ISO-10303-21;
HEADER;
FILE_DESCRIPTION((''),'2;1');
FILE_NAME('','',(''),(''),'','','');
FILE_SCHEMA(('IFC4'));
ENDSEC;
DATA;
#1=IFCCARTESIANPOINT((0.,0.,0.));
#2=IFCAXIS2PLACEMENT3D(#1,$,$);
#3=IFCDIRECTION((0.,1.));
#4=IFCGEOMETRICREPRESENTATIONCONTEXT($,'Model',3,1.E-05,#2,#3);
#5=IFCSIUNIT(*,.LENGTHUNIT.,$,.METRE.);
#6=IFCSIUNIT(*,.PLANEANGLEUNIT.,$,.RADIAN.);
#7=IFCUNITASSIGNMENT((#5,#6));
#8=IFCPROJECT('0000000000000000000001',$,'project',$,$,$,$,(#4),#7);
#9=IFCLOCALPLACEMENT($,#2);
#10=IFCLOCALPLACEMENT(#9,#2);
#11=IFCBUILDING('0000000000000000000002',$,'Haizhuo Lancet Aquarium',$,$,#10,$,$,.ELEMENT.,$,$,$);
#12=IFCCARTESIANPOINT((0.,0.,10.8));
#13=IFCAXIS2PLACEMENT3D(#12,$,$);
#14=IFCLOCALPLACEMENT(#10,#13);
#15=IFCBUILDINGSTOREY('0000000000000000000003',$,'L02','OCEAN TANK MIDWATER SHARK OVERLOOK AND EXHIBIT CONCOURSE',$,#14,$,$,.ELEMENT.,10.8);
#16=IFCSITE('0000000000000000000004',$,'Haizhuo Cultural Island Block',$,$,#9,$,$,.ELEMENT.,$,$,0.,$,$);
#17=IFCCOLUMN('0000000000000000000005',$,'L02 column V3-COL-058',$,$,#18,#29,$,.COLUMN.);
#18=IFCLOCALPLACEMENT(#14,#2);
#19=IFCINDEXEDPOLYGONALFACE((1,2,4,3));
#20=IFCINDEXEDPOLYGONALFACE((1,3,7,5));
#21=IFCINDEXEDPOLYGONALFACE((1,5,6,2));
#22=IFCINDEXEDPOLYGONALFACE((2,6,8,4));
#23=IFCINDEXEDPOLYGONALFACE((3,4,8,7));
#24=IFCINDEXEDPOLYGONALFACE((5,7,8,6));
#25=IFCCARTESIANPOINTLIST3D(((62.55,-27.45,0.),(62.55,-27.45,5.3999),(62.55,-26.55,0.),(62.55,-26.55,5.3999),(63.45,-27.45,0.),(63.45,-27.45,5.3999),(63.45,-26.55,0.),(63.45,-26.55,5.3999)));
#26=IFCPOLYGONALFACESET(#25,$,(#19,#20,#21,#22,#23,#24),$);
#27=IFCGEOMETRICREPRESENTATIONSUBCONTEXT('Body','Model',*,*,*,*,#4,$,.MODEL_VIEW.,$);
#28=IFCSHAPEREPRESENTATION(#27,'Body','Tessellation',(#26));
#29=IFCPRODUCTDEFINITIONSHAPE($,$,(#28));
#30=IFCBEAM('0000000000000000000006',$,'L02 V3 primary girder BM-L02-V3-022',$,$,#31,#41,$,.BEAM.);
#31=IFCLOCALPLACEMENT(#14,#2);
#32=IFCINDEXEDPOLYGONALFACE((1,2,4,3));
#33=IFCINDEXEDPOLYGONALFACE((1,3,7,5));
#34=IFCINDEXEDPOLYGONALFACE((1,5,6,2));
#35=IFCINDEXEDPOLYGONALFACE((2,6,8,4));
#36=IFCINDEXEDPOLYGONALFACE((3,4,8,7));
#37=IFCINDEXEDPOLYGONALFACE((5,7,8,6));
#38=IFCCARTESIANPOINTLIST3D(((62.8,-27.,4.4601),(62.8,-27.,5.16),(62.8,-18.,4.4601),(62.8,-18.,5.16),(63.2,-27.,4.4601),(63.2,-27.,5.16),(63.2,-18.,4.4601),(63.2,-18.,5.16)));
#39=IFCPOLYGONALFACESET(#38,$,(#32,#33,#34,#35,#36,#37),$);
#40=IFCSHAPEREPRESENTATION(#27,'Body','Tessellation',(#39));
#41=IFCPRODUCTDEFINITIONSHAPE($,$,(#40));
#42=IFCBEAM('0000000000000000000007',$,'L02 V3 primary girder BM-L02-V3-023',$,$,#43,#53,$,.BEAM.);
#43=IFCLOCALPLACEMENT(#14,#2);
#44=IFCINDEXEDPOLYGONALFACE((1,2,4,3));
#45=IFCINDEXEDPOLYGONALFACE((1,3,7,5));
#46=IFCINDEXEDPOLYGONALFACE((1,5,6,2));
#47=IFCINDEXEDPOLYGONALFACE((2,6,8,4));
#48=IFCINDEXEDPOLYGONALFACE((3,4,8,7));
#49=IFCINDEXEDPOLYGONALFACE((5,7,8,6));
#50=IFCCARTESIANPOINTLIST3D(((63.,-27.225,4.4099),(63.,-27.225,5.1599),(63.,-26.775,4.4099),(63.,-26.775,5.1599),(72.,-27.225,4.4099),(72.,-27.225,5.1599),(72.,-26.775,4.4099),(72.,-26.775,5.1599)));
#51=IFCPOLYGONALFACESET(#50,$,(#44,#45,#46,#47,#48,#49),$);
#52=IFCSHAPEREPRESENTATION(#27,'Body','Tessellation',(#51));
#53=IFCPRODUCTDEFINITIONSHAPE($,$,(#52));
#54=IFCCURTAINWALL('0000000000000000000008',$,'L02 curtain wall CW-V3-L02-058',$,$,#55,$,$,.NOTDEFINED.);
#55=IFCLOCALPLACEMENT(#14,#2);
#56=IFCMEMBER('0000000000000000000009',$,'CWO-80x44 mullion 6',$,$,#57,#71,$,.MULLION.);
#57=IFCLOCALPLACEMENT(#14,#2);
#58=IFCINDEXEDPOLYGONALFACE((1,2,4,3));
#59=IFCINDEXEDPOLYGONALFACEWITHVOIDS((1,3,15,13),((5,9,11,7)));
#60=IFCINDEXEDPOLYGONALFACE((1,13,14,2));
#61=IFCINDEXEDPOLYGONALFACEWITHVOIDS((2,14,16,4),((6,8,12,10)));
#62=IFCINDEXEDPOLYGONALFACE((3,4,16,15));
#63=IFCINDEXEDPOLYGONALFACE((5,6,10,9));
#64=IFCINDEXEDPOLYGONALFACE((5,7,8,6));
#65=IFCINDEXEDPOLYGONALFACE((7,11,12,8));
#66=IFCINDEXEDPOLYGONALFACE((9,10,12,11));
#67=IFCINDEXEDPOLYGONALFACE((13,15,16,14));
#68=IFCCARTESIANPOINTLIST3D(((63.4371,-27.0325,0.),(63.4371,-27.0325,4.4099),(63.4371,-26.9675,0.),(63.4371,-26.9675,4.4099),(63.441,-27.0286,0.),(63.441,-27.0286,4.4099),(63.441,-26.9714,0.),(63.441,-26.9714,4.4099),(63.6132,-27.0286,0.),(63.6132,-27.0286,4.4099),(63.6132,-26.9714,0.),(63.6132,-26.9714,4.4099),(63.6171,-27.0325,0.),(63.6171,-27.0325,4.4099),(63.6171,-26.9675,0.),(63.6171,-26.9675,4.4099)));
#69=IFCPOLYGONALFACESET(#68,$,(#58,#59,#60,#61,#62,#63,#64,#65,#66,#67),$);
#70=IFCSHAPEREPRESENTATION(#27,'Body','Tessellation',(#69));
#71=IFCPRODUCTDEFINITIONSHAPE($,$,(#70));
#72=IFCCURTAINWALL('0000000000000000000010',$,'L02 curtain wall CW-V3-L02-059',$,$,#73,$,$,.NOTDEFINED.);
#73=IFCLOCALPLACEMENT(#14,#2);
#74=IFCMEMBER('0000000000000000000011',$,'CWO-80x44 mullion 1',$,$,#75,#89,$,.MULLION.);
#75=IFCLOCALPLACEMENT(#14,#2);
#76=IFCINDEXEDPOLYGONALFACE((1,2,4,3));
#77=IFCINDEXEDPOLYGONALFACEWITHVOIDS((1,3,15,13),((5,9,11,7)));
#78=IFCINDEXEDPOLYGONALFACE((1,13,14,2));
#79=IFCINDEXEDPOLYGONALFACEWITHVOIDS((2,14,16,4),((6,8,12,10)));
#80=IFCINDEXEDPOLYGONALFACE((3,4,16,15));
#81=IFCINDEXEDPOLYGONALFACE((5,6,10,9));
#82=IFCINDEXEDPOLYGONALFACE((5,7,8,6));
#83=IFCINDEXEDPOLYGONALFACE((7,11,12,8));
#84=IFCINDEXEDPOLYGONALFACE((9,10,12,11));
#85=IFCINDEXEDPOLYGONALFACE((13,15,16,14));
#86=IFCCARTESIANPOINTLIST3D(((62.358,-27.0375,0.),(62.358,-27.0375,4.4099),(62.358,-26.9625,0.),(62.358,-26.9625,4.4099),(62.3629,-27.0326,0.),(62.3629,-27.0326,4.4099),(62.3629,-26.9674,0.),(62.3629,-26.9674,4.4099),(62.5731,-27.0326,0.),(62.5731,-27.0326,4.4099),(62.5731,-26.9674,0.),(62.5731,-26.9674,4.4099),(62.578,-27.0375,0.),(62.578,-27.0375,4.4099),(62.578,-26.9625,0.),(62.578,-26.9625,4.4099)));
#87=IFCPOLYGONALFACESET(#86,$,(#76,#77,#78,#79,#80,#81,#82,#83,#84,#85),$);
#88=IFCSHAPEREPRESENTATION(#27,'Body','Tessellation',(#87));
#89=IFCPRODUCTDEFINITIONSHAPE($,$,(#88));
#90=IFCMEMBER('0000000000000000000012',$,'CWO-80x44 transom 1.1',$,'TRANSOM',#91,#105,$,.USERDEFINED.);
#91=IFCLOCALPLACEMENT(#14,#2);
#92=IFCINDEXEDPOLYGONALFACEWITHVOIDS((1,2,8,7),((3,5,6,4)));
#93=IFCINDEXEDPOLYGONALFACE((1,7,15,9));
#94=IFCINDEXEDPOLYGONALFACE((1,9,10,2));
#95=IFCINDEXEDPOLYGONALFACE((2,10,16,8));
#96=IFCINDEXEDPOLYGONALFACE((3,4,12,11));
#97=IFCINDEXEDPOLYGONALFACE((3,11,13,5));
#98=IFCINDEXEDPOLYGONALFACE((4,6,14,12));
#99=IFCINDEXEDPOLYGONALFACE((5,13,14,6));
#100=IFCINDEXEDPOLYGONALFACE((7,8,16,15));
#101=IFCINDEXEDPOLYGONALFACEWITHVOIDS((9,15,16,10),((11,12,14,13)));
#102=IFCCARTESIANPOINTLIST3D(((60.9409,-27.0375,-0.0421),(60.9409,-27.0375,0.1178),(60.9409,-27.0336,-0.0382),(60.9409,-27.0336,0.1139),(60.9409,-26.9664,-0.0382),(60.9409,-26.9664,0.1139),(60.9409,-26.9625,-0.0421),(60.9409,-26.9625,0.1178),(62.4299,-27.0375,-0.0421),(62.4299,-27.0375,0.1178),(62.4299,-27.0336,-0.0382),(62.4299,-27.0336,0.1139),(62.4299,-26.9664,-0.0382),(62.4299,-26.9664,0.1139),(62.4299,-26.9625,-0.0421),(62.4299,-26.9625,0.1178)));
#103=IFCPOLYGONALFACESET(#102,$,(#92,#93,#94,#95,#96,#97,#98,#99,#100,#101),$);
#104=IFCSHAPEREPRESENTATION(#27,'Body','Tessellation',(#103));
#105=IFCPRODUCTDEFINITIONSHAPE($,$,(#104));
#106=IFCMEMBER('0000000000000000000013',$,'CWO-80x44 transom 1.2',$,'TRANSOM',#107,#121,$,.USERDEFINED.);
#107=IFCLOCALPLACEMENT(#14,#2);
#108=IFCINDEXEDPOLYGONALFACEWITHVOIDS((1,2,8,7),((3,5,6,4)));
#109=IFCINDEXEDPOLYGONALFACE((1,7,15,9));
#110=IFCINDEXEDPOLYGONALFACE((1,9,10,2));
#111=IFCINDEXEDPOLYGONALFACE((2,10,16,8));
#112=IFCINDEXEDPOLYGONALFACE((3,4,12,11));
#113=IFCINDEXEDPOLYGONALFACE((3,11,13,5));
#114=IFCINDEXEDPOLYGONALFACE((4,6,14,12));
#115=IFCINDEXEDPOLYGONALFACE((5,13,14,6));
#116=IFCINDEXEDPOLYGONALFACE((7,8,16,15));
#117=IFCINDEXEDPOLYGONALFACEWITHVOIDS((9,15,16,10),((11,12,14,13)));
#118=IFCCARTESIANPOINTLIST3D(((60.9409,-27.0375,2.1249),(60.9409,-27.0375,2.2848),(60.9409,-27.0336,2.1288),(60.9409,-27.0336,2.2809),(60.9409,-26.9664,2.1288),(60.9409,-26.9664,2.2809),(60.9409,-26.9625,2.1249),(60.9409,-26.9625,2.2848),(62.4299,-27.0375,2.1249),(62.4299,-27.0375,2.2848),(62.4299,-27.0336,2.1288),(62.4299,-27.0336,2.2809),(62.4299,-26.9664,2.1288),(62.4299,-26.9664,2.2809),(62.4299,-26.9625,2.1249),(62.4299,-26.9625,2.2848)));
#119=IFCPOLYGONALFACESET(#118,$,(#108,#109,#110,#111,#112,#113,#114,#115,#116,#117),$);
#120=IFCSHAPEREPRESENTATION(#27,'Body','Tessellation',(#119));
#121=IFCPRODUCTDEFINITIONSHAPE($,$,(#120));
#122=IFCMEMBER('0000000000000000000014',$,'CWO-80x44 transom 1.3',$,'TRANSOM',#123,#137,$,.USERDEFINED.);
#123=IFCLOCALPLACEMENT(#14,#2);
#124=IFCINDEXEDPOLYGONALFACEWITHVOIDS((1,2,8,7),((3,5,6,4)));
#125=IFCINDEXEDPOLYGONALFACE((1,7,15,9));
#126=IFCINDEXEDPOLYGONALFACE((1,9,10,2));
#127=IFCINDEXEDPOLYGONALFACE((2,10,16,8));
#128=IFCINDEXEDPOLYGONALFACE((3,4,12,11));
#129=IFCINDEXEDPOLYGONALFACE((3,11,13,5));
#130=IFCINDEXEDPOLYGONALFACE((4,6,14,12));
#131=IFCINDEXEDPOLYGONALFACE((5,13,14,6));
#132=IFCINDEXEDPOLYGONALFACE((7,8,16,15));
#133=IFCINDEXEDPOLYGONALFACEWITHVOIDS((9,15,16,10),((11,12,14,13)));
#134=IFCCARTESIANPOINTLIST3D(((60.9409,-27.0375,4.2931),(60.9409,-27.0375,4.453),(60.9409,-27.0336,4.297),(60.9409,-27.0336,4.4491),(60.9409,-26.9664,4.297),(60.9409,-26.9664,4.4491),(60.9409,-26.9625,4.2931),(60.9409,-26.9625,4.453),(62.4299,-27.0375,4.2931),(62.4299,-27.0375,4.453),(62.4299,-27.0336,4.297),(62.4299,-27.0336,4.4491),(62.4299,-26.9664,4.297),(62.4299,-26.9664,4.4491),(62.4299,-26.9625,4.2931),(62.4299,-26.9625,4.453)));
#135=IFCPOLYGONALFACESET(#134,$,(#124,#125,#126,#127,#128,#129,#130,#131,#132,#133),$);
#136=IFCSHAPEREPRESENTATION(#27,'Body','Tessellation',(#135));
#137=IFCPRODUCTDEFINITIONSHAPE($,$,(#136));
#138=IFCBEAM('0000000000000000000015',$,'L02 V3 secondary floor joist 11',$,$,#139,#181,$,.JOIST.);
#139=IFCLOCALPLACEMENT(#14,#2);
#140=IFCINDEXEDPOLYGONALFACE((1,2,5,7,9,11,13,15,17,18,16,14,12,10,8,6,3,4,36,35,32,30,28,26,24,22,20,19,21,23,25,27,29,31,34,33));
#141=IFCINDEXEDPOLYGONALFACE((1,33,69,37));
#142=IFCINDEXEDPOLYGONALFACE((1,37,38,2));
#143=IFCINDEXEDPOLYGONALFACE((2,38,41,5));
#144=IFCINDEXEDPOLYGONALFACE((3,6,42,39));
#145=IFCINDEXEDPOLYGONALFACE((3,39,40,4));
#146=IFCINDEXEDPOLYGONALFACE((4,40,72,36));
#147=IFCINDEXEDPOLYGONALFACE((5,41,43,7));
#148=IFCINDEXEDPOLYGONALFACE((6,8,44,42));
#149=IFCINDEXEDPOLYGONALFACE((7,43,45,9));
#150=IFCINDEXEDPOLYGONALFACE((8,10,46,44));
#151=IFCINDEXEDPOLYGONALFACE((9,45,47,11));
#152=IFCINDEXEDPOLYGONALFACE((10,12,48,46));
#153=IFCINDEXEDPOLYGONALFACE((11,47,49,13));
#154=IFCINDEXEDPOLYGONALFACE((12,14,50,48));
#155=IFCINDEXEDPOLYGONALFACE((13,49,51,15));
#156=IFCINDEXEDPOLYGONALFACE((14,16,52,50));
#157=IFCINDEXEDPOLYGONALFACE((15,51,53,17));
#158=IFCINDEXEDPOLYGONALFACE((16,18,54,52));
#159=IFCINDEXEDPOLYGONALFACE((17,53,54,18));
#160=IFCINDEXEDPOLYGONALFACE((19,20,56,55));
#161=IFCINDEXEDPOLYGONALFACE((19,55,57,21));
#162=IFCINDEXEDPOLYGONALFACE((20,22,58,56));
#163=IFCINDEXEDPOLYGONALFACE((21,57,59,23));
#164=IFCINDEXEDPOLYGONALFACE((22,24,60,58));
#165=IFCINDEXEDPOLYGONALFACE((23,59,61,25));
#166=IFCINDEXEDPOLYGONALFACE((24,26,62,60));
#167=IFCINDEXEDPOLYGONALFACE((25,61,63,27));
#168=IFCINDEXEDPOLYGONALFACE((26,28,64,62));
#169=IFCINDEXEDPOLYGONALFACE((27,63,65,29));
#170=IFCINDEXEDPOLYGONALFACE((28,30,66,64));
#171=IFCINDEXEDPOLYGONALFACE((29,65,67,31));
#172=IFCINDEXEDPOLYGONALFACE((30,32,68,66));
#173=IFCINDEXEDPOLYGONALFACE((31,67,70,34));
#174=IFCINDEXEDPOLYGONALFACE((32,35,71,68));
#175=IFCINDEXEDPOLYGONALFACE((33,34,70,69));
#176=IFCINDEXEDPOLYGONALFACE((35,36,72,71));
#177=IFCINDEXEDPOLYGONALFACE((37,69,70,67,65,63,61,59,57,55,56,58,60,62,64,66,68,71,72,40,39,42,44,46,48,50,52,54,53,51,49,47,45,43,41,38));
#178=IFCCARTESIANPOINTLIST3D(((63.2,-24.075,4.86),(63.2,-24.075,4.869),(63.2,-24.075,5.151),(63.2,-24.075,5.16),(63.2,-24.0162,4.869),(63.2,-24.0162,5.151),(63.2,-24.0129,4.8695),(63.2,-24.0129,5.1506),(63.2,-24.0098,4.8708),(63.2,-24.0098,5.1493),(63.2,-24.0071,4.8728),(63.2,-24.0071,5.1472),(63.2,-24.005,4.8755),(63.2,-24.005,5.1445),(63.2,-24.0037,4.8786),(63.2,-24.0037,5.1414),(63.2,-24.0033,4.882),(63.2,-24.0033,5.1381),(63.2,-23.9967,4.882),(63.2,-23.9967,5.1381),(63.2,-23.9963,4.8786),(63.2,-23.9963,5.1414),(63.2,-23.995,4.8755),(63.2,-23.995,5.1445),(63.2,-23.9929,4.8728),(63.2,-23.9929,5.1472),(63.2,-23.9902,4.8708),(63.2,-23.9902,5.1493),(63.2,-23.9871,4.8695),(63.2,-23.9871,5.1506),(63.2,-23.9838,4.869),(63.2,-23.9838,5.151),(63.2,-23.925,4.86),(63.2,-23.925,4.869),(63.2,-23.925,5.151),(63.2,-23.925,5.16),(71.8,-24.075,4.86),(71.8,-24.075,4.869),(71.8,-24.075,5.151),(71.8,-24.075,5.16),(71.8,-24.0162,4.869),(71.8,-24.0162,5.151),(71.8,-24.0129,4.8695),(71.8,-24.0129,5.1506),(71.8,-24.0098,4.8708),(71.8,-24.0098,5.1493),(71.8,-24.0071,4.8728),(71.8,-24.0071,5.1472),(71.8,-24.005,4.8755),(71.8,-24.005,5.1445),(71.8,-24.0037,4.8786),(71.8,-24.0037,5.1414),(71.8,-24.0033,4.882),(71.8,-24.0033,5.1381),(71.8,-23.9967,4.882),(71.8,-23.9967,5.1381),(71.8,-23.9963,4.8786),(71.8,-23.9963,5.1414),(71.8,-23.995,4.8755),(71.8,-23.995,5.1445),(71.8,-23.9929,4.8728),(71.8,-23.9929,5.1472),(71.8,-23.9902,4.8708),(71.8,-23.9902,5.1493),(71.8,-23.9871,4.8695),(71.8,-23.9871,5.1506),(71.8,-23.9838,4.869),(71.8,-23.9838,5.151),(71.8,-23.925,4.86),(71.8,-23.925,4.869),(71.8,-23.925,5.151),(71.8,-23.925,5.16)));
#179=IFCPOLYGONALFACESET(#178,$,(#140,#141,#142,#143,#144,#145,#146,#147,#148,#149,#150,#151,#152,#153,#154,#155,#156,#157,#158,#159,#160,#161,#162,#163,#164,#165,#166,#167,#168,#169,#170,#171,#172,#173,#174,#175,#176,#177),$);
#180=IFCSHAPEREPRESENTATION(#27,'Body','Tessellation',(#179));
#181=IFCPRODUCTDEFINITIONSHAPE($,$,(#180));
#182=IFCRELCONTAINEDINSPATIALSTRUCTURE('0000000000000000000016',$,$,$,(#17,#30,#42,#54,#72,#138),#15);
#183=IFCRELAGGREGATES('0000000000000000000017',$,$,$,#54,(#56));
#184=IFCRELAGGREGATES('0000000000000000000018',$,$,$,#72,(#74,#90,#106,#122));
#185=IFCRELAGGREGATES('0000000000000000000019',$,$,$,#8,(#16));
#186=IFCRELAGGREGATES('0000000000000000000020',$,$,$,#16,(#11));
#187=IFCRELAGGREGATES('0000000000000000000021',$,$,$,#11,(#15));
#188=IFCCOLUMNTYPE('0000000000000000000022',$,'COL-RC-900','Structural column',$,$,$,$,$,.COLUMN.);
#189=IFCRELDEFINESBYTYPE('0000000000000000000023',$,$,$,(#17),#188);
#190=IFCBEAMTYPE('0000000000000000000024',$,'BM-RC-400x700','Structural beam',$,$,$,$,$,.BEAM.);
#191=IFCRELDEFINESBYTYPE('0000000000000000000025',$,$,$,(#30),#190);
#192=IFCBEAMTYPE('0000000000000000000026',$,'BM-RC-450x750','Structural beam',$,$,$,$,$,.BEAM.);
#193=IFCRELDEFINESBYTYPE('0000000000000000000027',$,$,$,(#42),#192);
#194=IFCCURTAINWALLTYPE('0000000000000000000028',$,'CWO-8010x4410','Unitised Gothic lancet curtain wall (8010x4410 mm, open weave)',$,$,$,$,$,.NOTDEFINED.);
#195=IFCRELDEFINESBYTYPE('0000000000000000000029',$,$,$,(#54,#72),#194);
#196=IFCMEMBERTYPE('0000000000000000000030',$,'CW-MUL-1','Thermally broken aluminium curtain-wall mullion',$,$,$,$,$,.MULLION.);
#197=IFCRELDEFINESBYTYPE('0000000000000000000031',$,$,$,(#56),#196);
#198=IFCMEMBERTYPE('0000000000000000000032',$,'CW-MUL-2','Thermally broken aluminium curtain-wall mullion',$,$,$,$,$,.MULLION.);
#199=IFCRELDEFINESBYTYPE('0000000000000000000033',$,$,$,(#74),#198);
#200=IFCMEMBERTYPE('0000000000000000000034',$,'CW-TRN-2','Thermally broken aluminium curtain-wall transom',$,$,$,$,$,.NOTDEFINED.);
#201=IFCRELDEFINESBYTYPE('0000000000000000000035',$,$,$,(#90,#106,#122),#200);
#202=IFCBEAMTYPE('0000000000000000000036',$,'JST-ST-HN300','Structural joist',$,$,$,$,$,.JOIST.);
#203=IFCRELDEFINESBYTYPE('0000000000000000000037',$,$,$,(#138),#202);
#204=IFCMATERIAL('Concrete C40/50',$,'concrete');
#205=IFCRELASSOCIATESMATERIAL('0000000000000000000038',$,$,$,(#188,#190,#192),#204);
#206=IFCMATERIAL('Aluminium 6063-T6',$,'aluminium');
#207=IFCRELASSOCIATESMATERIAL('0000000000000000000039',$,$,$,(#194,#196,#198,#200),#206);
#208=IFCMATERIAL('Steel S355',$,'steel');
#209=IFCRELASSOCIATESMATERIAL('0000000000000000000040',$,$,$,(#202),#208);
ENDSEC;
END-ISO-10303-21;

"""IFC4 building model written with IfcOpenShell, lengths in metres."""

from ifc_helpers import new_model, si_unit, direction, frame, origin, origin_2d, place, context, subcontext, project, spatial, rectangle, hollow_rectangle, i_section, extrude, material, material_profile, profile_set, type_object, element, aggregate, save


model = new_model("IFC4")

# Units and contexts
model_context = context("Model", 3, precision=1e-05, world=origin(), true_north=direction((0.0, 1.0)))
body_context = subcontext(model_context, "Body", "Model", "MODEL_VIEW")
ifc_project = project(units=[si_unit("LENGTHUNIT", "METRE"), si_unit("PLANEANGLEUNIT", "RADIAN")], contexts=[model_context])

# Site, building, storey
site_placement = place(None, origin())
site = spatial("IfcSite", under=ifc_project, at=site_placement, Name="Haizhuo Cultural Island Block", CompositionType="ELEMENT", RefElevation=0.0)
building_placement = place(site_placement, origin())
building = spatial("IfcBuilding", under=site, at=building_placement, Name="Haizhuo Lancet Aquarium", CompositionType="ELEMENT")
storey_placement = place(building_placement, frame((0.0, 0.0, 10.8)))
storey = spatial("IfcBuildingStorey", under=building, at=storey_placement, Name="L02", Description="OCEAN TANK MIDWATER SHARK OVERLOOK AND EXHIBIT CONCOURSE", CompositionType="ELEMENT", Elevation=10.8)

# Column
ifc_material_1 = material(Name="Concrete C40/50", Category="concrete")
ifc_material_profile_1 = material_profile(ifc_material_1, rectangle(XDim=0.8999, YDim=0.8999, at=origin_2d()), Name="RC-COL 900x900")
ifc_profile_set_1 = profile_set([ifc_material_profile_1], Name="Concrete C40/50")
column_type = type_object("IfcColumnType", Name="COL-RC-900", Description="Structural column", PredefinedType="COLUMN", material=ifc_profile_set_1)
column_placement = place(storey_placement, frame((63.0, -27.0, 0.0), z_axis=(0.0, 0.0, 1.0), x_axis=(1.0, 0.0, 0.0)))
element("IfcColumn", 1, at=column_placement, inside=storey, type_object=column_type, Name="L02 column V3-COL-058", PredefinedType="COLUMN", context=body_context, shape_type="SweptSolid", body=[
    extrude(rectangle(XDim=0.8999, YDim=0.8999, at=origin_2d()), origin(), (0.0, 0.0, 1.0), 5.3999),
])

# Beams
ifc_material_profile_2 = material_profile(ifc_material_1, rectangle(XDim=0.3999, YDim=0.7, at=origin_2d()), Name="RC-BM 400x700")
ifc_profile_set_2 = profile_set([ifc_material_profile_2], Name="Concrete C40/50")
beam_type_1 = type_object("IfcBeamType", Name="BM-RC-400x700", Description="Structural beam", PredefinedType="BEAM", material=ifc_profile_set_2)
beam_1_placement = place(storey_placement, frame((63.0, -27.0, 4.8101), z_axis=(0.0, 1.0, 0.0), x_axis=(-1.0, 0.0, 0.0)))
element("IfcBeam", 2, at=beam_1_placement, inside=storey, type_object=beam_type_1, Name="L02 V3 primary girder BM-L02-V3-022", PredefinedType="BEAM", context=body_context, shape_type="SweptSolid", body=[
    extrude(rectangle(XDim=0.3999, YDim=0.7, at=origin_2d()), origin(), (0.0, 0.0, 1.0), 9.0),
])
ifc_material_profile_3 = material_profile(ifc_material_1, rectangle(XDim=0.45, YDim=0.75, at=origin_2d()), Name="RC-BM 450x750")
ifc_profile_set_3 = profile_set([ifc_material_profile_3], Name="Concrete C40/50")
beam_type_2 = type_object("IfcBeamType", Name="BM-RC-450x750", Description="Structural beam", PredefinedType="BEAM", material=ifc_profile_set_3)
beam_2_placement = place(storey_placement, frame((63.0, -27.0, 4.7849), z_axis=(1.0, 0.0, 0.0), x_axis=(0.0, 1.0, 0.0)))
element("IfcBeam", 3, at=beam_2_placement, inside=storey, type_object=beam_type_2, Name="L02 V3 primary girder BM-L02-V3-023", PredefinedType="BEAM", context=body_context, shape_type="SweptSolid", body=[
    extrude(rectangle(XDim=0.45, YDim=0.75, at=origin_2d()), origin(), (0.0, 0.0, 1.0), 9.0),
])

# Curtain wall, member
ifc_material_2 = material(Name="Aluminium 6063-T6", Category="aluminium")
curtain_wall_type = type_object("IfcCurtainWallType", Name="CWO-8010x4410", Description="Unitised Gothic lancet curtain wall (8010x4410 mm, open weave)", PredefinedType="NOTDEFINED", material=ifc_material_2)
curtain_wall_1_placement = place(storey_placement, origin())
curtain_wall_1 = element("IfcCurtainWall", 4, at=curtain_wall_1_placement, inside=storey, type_object=curtain_wall_type, Name="L02 curtain wall CW-V3-L02-058", PredefinedType="NOTDEFINED")
ifc_material_profile_4 = material_profile(ifc_material_2, hollow_rectangle(XDim=0.0649, YDim=0.1799, WallThickness=0.0039, at=origin_2d()), Name="ALU-M 65x180x4")
ifc_profile_set_4 = profile_set([ifc_material_profile_4], Name="Aluminium 6063-T6")
member_type_1 = type_object("IfcMemberType", Name="CW-MUL-1", Description="Thermally broken aluminium curtain-wall mullion", PredefinedType="MULLION", material=ifc_profile_set_4)
member_1_placement = place(storey_placement, frame((63.5271, -27.0, 0.0), z_axis=(0.0, 0.0, 1.0), x_axis=(0.0, -1.0, 0.0)))
member_1 = element("IfcMember", 5, at=member_1_placement, type_object=member_type_1, Name="CWO-80x44 mullion 6", PredefinedType="MULLION", context=body_context, shape_type="SweptSolid", body=[
    extrude(hollow_rectangle(XDim=0.0649, YDim=0.1799, WallThickness=0.0039, at=origin_2d()), origin(), (0.0, 0.0, 1.0), 4.4099),
])

# Curtain wall, members
curtain_wall_2_placement = place(storey_placement, origin())
curtain_wall_2 = element("IfcCurtainWall", 6, at=curtain_wall_2_placement, inside=storey, type_object=curtain_wall_type, Name="L02 curtain wall CW-V3-L02-059", PredefinedType="NOTDEFINED")
ifc_material_profile_5 = material_profile(ifc_material_2, hollow_rectangle(XDim=0.075, YDim=0.22, WallThickness=0.0049, at=origin_2d()), Name="ALU-M 75x220x5")
ifc_profile_set_5 = profile_set([ifc_material_profile_5], Name="Aluminium 6063-T6")
member_type_2 = type_object("IfcMemberType", Name="CW-MUL-2", Description="Thermally broken aluminium curtain-wall mullion", PredefinedType="MULLION", material=ifc_profile_set_5)
member_2_placement = place(storey_placement, frame((62.468, -27.0, 0.0), z_axis=(0.0, 0.0, 1.0), x_axis=(0.0, -1.0, 0.0)))
member_2 = element("IfcMember", 7, at=member_2_placement, type_object=member_type_2, Name="CWO-80x44 mullion 1", PredefinedType="MULLION", context=body_context, shape_type="SweptSolid", body=[
    extrude(hollow_rectangle(XDim=0.075, YDim=0.22, WallThickness=0.0049, at=origin_2d()), origin(), (0.0, 0.0, 1.0), 4.4099),
])
ifc_material_profile_6 = material_profile(ifc_material_2, hollow_rectangle(XDim=0.075, YDim=0.1599, WallThickness=0.0039, at=origin_2d()), Name="ALU-T 75x160x4")
ifc_profile_set_6 = profile_set([ifc_material_profile_6], Name="Aluminium 6063-T6")
member_type_3 = type_object("IfcMemberType", Name="CW-TRN-2", Description="Thermally broken aluminium curtain-wall transom", PredefinedType="NOTDEFINED", material=ifc_profile_set_6)
member_3_placement = place(storey_placement, frame((62.4299, -27.0, 0.0378), z_axis=(-1.0, 0.0, 0.0), x_axis=(0.0, -1.0, 0.0)))
member_3 = element("IfcMember", 8, at=member_3_placement, type_object=member_type_3, Name="CWO-80x44 transom 1.1", ObjectType="TRANSOM", PredefinedType="USERDEFINED", context=body_context, shape_type="SweptSolid", body=[
    extrude(hollow_rectangle(XDim=0.075, YDim=0.1599, WallThickness=0.0039, at=origin_2d()), origin(), (0.0, 0.0, 1.0), 1.489),
])
member_4_placement = place(storey_placement, frame((62.4299, -27.0, 2.2048), z_axis=(-1.0, 0.0, 0.0), x_axis=(0.0, -1.0, 0.0)))
member_4 = element("IfcMember", 9, at=member_4_placement, type_object=member_type_3, Name="CWO-80x44 transom 1.2", ObjectType="TRANSOM", PredefinedType="USERDEFINED", context=body_context, shape_type="SweptSolid", body=[
    extrude(hollow_rectangle(XDim=0.075, YDim=0.1599, WallThickness=0.0039, at=origin_2d()), origin(), (0.0, 0.0, 1.0), 1.489),
])
member_5_placement = place(storey_placement, frame((62.4299, -27.0, 4.373), z_axis=(-1.0, 0.0, 0.0), x_axis=(0.0, -1.0, 0.0)))
member_5 = element("IfcMember", 10, at=member_5_placement, type_object=member_type_3, Name="CWO-80x44 transom 1.3", ObjectType="TRANSOM", PredefinedType="USERDEFINED", context=body_context, shape_type="SweptSolid", body=[
    extrude(hollow_rectangle(XDim=0.075, YDim=0.1599, WallThickness=0.0039, at=origin_2d()), origin(), (0.0, 0.0, 1.0), 1.489),
])

# Beam
ifc_material_3 = material(Name="Steel S355", Category="steel")
ifc_material_profile_7 = material_profile(ifc_material_3, i_section(OverallWidth=0.1499, OverallDepth=0.3, WebThickness=0.0066, FlangeThickness=0.009, FilletRadius=0.0129, at=origin_2d()), Name="HN 300x150x6.5x9")
ifc_profile_set_7 = profile_set([ifc_material_profile_7], Name="Steel S355")
beam_type_3 = type_object("IfcBeamType", Name="JST-ST-HN300", Description="Structural joist", PredefinedType="JOIST", material=ifc_profile_set_7)
beam_3_placement = place(storey_placement, frame((63.2, -24.0, 5.01), z_axis=(1.0, 0.0, 0.0), x_axis=(0.0, 1.0, 0.0)))
element("IfcBeam", 11, at=beam_3_placement, inside=storey, type_object=beam_type_3, Name="L02 V3 secondary floor joist 11", PredefinedType="JOIST", context=body_context, shape_type="SweptSolid", body=[
    extrude(i_section(OverallWidth=0.1499, OverallDepth=0.3, WebThickness=0.0066, FlangeThickness=0.009, FilletRadius=0.0129, at=origin_2d()), origin(), (0.0, 0.0, 1.0), 8.6001),
])

aggregate(curtain_wall_1, [member_1])
aggregate(curtain_wall_2, [member_2, member_3, member_4, member_5])

save(model, "model.ifc")
